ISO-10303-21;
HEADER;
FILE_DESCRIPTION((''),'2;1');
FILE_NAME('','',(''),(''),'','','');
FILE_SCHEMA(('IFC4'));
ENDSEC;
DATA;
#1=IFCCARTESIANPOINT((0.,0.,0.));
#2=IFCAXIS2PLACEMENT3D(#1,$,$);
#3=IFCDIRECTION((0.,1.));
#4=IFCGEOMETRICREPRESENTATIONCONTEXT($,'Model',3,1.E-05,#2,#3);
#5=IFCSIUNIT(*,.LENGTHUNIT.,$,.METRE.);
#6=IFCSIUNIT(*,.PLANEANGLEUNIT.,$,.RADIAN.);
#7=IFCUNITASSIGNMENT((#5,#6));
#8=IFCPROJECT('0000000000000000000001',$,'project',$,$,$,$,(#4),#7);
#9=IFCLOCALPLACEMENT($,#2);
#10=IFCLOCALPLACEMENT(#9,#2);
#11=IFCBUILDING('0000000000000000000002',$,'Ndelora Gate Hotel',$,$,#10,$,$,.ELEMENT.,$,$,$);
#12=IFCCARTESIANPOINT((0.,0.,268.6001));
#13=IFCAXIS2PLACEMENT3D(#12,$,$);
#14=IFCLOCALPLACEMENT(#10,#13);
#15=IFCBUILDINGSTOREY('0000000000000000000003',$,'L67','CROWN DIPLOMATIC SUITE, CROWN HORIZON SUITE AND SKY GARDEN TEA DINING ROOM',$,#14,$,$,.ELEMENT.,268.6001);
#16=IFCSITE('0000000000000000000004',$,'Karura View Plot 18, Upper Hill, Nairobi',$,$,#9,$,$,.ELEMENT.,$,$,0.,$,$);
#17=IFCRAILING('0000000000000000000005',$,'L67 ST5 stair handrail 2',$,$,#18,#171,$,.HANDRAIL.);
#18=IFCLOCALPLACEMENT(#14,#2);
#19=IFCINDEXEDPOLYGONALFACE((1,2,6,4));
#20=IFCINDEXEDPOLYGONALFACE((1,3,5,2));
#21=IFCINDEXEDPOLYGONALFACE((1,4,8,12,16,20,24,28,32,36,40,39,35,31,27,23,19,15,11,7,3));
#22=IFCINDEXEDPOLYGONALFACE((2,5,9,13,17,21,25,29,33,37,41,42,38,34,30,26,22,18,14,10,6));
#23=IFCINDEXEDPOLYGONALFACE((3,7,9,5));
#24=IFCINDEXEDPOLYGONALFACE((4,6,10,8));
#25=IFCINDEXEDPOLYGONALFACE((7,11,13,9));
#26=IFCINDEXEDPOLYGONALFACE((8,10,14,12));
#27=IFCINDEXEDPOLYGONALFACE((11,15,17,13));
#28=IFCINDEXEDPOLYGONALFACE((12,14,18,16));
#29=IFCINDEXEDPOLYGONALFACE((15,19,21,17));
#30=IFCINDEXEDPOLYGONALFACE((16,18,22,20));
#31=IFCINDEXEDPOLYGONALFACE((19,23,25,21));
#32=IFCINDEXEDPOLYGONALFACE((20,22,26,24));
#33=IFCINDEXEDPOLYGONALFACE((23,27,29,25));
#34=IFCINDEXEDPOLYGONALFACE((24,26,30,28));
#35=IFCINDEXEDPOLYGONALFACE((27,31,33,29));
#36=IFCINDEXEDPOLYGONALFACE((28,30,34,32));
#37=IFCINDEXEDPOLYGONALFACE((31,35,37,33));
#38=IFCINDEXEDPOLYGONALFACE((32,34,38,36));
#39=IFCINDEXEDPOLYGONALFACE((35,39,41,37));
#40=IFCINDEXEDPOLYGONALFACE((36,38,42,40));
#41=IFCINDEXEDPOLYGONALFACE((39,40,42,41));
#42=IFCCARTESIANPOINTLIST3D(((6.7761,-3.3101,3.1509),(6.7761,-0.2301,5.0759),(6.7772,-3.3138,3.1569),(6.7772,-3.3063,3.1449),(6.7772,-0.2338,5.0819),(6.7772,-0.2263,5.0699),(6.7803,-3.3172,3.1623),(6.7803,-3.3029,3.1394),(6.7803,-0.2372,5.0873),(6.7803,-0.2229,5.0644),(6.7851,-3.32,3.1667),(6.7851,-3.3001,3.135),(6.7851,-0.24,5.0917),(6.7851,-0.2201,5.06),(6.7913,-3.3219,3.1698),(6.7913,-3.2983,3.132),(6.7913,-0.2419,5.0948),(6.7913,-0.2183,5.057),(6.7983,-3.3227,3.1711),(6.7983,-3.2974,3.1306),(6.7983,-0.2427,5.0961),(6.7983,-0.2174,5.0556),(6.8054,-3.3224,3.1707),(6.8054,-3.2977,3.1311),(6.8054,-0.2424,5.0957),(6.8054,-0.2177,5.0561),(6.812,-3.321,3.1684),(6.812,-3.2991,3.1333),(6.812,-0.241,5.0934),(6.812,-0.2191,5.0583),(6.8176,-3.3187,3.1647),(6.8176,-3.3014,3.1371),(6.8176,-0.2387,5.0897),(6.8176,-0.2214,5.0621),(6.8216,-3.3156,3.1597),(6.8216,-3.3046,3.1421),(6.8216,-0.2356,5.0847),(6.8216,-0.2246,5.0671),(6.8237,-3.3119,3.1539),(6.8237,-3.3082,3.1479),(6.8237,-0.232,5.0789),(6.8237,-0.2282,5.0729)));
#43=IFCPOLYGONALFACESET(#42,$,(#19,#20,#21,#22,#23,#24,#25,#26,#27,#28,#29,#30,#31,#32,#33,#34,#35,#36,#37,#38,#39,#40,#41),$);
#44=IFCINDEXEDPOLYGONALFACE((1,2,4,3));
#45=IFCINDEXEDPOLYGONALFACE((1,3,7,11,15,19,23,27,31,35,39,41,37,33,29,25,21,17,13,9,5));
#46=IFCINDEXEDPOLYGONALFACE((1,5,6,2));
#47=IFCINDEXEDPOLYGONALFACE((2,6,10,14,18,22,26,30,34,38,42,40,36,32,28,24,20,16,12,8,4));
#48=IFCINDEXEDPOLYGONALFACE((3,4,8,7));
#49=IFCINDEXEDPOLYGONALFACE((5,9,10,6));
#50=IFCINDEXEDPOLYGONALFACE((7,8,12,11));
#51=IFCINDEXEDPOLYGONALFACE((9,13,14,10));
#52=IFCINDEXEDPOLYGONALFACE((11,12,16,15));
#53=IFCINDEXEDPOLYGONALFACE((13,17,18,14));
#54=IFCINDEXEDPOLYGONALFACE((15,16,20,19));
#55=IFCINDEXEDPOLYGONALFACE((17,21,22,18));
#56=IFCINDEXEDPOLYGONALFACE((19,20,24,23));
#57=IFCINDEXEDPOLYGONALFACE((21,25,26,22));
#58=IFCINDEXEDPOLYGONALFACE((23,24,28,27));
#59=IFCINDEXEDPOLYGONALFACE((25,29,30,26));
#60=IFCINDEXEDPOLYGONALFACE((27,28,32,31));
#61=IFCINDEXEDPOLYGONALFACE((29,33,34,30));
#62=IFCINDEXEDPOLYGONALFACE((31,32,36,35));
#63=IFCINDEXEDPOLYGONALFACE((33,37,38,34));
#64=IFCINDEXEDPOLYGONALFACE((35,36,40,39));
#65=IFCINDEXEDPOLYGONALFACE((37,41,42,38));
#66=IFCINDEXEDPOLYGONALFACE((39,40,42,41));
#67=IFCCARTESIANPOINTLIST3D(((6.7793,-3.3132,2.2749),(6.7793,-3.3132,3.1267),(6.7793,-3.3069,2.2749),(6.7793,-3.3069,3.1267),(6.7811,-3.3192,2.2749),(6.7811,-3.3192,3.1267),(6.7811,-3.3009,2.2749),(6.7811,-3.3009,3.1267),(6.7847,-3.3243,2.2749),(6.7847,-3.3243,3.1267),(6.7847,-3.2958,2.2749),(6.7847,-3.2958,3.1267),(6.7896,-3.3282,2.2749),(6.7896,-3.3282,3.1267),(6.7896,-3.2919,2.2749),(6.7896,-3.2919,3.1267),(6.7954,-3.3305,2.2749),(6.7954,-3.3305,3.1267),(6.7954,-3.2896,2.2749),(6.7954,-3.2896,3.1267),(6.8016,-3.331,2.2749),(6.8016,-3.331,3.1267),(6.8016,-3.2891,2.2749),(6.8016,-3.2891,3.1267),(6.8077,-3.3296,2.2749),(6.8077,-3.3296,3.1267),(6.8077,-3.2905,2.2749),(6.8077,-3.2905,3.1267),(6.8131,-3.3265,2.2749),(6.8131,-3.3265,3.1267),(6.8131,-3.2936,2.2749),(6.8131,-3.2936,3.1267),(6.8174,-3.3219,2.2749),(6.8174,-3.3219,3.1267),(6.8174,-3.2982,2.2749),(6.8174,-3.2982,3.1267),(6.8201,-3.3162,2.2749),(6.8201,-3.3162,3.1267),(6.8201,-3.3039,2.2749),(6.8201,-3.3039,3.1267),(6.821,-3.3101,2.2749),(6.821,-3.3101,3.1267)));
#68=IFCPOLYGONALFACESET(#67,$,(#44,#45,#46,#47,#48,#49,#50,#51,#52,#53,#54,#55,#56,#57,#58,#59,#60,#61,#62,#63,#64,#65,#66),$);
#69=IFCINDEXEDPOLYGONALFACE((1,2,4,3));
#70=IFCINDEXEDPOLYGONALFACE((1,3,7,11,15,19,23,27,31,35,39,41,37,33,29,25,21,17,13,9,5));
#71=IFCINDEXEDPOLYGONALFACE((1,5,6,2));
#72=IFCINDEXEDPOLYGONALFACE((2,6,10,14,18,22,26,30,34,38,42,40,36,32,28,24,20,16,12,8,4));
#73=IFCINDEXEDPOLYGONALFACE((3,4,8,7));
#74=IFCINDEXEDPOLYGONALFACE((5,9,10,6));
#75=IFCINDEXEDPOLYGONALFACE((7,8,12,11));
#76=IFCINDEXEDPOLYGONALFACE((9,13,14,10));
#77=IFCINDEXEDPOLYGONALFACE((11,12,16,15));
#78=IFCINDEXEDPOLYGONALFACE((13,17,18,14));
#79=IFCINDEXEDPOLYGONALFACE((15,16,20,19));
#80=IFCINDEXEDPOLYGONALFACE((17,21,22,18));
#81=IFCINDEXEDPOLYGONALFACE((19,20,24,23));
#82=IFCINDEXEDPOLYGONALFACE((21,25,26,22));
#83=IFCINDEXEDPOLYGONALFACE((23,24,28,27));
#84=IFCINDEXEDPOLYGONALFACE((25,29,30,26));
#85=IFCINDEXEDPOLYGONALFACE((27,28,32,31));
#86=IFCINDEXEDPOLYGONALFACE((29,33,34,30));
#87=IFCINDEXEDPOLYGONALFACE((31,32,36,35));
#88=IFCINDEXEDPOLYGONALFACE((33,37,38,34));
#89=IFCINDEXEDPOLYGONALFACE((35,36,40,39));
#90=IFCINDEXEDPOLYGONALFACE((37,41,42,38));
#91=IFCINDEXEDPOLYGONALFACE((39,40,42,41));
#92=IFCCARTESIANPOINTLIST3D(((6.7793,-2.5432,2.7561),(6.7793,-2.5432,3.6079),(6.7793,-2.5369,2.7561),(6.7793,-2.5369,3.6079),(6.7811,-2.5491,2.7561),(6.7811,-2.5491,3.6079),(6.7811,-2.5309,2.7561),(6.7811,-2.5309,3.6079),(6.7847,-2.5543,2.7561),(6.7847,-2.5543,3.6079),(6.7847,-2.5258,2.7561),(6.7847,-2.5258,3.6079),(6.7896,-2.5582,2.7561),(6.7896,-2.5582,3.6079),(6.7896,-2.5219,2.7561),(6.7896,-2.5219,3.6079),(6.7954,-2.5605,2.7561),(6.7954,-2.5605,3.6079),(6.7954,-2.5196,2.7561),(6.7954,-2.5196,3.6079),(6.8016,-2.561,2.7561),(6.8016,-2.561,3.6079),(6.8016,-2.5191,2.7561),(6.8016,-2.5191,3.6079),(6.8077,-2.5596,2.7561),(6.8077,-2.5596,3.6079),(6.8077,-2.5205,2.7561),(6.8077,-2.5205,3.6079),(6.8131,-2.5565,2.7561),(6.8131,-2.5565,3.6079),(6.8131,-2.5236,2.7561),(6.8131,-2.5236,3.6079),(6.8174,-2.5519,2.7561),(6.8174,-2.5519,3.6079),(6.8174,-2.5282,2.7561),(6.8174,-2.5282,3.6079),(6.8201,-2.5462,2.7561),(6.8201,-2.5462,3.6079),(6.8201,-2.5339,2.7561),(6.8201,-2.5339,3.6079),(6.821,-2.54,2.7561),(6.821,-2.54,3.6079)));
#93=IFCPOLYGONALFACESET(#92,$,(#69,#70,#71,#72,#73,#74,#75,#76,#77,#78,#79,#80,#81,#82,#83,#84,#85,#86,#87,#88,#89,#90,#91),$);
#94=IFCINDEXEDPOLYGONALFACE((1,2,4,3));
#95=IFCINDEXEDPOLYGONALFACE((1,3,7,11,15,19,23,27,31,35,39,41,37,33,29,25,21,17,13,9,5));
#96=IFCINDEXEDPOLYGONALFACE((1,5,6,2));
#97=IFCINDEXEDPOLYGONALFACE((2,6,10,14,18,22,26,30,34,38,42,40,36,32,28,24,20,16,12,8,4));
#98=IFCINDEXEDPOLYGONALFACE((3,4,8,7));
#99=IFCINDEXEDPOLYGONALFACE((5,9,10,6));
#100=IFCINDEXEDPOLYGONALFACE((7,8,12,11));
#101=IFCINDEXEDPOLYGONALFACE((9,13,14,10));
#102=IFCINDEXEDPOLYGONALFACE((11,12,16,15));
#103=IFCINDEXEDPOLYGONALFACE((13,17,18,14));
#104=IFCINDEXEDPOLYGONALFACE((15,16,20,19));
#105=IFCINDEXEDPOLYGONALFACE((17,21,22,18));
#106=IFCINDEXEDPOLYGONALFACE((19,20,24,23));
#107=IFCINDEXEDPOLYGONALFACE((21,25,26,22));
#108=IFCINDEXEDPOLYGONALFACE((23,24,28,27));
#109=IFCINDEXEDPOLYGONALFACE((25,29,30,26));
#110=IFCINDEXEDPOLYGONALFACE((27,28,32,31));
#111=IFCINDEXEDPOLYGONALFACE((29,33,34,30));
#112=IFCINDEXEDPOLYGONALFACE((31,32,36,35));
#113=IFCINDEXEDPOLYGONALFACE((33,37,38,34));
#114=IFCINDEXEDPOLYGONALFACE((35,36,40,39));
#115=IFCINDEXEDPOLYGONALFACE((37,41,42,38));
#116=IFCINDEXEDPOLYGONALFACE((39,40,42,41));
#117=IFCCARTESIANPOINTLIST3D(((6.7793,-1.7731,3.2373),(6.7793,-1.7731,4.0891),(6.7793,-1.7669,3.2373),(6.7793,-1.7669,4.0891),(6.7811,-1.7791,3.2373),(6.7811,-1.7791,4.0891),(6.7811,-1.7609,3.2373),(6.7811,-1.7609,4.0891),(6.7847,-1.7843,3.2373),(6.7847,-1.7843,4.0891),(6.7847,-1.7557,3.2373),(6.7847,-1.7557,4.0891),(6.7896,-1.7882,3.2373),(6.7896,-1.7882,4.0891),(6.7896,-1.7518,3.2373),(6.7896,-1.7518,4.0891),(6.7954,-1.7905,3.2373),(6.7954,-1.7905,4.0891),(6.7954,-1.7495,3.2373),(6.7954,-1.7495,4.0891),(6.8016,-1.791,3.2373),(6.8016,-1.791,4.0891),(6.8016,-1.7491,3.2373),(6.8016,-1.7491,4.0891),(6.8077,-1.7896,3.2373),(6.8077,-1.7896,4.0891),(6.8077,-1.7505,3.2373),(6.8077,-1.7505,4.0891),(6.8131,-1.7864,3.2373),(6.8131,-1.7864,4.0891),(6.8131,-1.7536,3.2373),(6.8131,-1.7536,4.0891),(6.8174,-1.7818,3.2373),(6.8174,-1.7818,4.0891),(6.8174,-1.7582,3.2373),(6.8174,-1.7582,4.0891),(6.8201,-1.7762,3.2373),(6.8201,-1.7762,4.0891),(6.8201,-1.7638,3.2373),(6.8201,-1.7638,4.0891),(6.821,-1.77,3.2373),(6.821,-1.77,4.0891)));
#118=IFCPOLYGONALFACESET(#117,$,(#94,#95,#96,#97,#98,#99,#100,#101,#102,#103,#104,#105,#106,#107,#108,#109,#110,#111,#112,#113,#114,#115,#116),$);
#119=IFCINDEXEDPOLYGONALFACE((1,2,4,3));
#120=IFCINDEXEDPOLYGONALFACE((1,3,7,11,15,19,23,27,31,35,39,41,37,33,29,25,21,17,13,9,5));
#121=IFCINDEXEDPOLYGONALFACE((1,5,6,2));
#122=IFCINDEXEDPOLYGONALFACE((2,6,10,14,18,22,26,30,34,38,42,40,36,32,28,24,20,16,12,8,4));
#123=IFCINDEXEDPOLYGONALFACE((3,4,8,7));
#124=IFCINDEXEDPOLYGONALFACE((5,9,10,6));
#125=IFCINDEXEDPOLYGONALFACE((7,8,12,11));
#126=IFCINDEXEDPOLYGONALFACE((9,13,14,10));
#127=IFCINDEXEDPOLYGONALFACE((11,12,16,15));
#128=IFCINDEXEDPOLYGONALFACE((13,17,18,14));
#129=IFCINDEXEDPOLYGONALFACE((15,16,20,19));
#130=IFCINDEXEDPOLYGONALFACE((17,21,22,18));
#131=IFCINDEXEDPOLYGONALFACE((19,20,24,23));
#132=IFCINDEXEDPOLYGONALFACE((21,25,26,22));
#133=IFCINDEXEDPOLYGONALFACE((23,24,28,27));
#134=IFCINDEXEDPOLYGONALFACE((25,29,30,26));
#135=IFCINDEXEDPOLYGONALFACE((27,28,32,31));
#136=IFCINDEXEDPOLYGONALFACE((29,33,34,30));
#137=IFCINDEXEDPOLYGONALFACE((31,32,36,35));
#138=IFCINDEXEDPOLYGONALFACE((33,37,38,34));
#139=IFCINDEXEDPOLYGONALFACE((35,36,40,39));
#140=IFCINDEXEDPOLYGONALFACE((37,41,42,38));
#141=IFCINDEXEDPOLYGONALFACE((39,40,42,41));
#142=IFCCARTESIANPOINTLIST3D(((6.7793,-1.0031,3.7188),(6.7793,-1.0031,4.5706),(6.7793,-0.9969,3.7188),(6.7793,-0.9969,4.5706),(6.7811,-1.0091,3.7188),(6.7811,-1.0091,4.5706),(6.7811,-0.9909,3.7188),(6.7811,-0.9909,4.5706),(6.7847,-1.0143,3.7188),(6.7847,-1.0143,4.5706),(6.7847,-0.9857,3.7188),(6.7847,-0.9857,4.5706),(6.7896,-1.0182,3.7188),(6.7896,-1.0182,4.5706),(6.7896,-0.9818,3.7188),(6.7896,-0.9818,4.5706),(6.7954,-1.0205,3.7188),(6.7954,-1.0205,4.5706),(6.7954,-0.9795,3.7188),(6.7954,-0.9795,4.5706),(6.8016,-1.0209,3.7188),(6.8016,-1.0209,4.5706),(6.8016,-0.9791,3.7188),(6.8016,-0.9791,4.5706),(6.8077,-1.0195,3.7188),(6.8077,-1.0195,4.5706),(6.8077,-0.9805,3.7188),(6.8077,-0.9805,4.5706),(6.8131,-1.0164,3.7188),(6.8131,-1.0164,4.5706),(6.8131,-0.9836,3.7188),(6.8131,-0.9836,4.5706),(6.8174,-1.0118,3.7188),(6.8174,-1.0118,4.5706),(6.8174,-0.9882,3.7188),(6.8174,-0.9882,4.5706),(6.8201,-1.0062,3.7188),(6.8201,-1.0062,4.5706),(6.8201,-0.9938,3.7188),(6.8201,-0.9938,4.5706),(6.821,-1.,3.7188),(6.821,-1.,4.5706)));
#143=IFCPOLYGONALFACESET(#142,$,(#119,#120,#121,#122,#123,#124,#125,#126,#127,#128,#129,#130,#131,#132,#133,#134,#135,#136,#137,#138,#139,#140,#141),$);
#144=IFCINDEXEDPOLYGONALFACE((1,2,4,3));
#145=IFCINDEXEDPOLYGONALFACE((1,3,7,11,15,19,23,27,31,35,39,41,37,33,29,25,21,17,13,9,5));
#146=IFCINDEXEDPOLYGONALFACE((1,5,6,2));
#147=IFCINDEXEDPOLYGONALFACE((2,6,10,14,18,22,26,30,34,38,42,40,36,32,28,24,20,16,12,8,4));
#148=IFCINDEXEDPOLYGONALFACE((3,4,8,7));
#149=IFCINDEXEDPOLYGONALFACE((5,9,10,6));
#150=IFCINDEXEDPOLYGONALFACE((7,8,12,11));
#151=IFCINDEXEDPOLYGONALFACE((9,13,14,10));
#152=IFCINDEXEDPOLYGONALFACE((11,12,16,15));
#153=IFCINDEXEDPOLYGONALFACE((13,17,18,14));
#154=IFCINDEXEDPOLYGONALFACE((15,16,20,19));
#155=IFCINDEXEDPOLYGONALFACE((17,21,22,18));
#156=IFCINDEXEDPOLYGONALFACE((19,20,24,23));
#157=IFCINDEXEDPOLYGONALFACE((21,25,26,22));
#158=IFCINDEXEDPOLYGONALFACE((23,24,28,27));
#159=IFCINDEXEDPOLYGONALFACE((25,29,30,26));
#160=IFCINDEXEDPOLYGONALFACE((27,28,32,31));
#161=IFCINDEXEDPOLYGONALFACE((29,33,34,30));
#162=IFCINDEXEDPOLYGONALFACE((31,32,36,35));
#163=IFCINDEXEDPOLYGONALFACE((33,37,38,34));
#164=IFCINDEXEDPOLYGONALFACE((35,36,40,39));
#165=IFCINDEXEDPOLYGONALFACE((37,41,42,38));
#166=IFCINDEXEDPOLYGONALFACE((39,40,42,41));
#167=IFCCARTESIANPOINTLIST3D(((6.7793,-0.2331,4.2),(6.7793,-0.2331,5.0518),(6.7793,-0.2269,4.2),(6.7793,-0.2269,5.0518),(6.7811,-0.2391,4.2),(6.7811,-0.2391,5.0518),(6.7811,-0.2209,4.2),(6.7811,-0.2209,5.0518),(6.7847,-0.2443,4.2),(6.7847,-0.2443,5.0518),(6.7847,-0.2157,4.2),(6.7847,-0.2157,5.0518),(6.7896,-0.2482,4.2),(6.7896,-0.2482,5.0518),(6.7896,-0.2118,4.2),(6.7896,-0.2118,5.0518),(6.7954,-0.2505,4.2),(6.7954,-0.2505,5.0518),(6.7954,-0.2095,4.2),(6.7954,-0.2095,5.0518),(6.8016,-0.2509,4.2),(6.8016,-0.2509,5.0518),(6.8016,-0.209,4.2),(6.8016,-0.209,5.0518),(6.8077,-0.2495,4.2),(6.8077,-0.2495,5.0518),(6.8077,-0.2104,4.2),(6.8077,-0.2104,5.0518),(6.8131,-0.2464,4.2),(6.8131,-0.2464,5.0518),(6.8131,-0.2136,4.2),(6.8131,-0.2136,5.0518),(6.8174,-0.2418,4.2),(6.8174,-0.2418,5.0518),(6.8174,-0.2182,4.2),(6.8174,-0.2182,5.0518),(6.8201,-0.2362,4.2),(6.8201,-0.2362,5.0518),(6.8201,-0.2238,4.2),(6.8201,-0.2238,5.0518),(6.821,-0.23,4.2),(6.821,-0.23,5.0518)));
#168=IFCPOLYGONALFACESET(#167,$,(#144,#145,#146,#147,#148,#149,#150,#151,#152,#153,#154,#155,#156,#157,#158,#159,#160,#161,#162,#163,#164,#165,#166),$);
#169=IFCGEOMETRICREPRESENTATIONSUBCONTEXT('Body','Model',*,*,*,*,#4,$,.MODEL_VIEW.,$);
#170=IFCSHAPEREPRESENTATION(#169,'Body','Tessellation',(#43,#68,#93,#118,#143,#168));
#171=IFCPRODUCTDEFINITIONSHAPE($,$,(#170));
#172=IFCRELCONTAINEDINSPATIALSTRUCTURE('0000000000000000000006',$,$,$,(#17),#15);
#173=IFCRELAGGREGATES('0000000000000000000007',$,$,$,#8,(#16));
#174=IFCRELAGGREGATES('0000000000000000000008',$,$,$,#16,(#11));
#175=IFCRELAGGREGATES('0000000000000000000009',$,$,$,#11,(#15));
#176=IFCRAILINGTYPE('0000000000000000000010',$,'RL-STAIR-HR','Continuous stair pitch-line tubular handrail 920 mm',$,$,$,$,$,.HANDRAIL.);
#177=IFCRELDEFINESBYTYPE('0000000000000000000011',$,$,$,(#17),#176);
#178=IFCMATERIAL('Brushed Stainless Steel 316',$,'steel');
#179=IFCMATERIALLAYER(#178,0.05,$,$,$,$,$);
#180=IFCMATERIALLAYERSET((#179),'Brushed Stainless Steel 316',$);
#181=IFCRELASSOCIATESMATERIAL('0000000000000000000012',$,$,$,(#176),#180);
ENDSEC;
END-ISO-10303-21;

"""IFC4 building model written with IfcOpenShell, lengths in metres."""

from ifc_helpers import new_model, si_unit, direction, frame, origin, origin_2d, place, context, subcontext, project, spatial, circle, extrude, material, layer, layer_set, type_object, element, save


model = new_model("IFC4")

# Units and contexts
model_context = context("Model", 3, precision=1e-05, world=origin(), true_north=direction((0.0, 1.0)))
body_context = subcontext(model_context, "Body", "Model", "MODEL_VIEW")
ifc_project = project(units=[si_unit("LENGTHUNIT", "METRE"), si_unit("PLANEANGLEUNIT", "RADIAN")], contexts=[model_context])

# Site, building, storey
site_placement = place(None, origin())
site = spatial("IfcSite", under=ifc_project, at=site_placement, Name="Karura View Plot 18, Upper Hill, Nairobi", CompositionType="ELEMENT", RefElevation=0.0)
building_placement = place(site_placement, origin())
building = spatial("IfcBuilding", under=site, at=building_placement, Name="Ndelora Gate Hotel", CompositionType="ELEMENT")
storey_placement = place(building_placement, frame((0.0, 0.0, 268.6001)))
storey = spatial("IfcBuildingStorey", under=building, at=storey_placement, Name="L67", Description="CROWN DIPLOMATIC SUITE, CROWN HORIZON SUITE AND SKY GARDEN TEA DINING ROOM", CompositionType="ELEMENT", Elevation=268.6001)

# Railing
ifc_material_1 = material(Name="Brushed Stainless Steel 316", Category="steel")
ifc_layer_1 = layer(ifc_material_1, 0.05)
ifc_layer_set_1 = layer_set([ifc_layer_1], Name="Brushed Stainless Steel 316")
railing_type_1 = type_object("IfcRailingType", Name="RL-STAIR-HR", Description="Continuous stair pitch-line tubular handrail 920 mm", PredefinedType="HANDRAIL", material=ifc_layer_set_1)
railing_1_placement = place(storey_placement, frame((6.8, -3.3101, 2.2749)))
element("IfcRailing", 1, at=railing_1_placement, inside=storey, type_object=railing_type_1, Name="L67 ST5 stair handrail 2", PredefinedType="HANDRAIL", context=body_context, shape_type="SweptSolid", body=[
    extrude(circle(Radius=0.0239, at=origin_2d()), frame((0.0, 0.0, 0.876), z_axis=(0.0, 0.847998, 0.529999), x_axis=(-1.0, 0.0, 0.0)), (0.0, 0.0, 1.0), 3.6321),
    extrude(circle(Radius=0.021, at=origin_2d()), origin(), (0.0, 0.0, 1.0), 0.8518),
    extrude(circle(Radius=0.021, at=origin_2d()), frame((0.0, 0.77, 0.4812)), (0.0, 0.0, 1.0), 0.8518),
    extrude(circle(Radius=0.021, at=origin_2d()), frame((0.0, 1.54, 0.9624)), (0.0, 0.0, 1.0), 0.8518),
    extrude(circle(Radius=0.021, at=origin_2d()), frame((0.0, 2.3101, 1.4438)), (0.0, 0.0, 1.0), 0.8518),
    extrude(circle(Radius=0.021, at=origin_2d()), frame((0.0, 3.0801, 1.925)), (0.0, 0.0, 1.0), 0.8518),
])

save(model, "model.ifc")
